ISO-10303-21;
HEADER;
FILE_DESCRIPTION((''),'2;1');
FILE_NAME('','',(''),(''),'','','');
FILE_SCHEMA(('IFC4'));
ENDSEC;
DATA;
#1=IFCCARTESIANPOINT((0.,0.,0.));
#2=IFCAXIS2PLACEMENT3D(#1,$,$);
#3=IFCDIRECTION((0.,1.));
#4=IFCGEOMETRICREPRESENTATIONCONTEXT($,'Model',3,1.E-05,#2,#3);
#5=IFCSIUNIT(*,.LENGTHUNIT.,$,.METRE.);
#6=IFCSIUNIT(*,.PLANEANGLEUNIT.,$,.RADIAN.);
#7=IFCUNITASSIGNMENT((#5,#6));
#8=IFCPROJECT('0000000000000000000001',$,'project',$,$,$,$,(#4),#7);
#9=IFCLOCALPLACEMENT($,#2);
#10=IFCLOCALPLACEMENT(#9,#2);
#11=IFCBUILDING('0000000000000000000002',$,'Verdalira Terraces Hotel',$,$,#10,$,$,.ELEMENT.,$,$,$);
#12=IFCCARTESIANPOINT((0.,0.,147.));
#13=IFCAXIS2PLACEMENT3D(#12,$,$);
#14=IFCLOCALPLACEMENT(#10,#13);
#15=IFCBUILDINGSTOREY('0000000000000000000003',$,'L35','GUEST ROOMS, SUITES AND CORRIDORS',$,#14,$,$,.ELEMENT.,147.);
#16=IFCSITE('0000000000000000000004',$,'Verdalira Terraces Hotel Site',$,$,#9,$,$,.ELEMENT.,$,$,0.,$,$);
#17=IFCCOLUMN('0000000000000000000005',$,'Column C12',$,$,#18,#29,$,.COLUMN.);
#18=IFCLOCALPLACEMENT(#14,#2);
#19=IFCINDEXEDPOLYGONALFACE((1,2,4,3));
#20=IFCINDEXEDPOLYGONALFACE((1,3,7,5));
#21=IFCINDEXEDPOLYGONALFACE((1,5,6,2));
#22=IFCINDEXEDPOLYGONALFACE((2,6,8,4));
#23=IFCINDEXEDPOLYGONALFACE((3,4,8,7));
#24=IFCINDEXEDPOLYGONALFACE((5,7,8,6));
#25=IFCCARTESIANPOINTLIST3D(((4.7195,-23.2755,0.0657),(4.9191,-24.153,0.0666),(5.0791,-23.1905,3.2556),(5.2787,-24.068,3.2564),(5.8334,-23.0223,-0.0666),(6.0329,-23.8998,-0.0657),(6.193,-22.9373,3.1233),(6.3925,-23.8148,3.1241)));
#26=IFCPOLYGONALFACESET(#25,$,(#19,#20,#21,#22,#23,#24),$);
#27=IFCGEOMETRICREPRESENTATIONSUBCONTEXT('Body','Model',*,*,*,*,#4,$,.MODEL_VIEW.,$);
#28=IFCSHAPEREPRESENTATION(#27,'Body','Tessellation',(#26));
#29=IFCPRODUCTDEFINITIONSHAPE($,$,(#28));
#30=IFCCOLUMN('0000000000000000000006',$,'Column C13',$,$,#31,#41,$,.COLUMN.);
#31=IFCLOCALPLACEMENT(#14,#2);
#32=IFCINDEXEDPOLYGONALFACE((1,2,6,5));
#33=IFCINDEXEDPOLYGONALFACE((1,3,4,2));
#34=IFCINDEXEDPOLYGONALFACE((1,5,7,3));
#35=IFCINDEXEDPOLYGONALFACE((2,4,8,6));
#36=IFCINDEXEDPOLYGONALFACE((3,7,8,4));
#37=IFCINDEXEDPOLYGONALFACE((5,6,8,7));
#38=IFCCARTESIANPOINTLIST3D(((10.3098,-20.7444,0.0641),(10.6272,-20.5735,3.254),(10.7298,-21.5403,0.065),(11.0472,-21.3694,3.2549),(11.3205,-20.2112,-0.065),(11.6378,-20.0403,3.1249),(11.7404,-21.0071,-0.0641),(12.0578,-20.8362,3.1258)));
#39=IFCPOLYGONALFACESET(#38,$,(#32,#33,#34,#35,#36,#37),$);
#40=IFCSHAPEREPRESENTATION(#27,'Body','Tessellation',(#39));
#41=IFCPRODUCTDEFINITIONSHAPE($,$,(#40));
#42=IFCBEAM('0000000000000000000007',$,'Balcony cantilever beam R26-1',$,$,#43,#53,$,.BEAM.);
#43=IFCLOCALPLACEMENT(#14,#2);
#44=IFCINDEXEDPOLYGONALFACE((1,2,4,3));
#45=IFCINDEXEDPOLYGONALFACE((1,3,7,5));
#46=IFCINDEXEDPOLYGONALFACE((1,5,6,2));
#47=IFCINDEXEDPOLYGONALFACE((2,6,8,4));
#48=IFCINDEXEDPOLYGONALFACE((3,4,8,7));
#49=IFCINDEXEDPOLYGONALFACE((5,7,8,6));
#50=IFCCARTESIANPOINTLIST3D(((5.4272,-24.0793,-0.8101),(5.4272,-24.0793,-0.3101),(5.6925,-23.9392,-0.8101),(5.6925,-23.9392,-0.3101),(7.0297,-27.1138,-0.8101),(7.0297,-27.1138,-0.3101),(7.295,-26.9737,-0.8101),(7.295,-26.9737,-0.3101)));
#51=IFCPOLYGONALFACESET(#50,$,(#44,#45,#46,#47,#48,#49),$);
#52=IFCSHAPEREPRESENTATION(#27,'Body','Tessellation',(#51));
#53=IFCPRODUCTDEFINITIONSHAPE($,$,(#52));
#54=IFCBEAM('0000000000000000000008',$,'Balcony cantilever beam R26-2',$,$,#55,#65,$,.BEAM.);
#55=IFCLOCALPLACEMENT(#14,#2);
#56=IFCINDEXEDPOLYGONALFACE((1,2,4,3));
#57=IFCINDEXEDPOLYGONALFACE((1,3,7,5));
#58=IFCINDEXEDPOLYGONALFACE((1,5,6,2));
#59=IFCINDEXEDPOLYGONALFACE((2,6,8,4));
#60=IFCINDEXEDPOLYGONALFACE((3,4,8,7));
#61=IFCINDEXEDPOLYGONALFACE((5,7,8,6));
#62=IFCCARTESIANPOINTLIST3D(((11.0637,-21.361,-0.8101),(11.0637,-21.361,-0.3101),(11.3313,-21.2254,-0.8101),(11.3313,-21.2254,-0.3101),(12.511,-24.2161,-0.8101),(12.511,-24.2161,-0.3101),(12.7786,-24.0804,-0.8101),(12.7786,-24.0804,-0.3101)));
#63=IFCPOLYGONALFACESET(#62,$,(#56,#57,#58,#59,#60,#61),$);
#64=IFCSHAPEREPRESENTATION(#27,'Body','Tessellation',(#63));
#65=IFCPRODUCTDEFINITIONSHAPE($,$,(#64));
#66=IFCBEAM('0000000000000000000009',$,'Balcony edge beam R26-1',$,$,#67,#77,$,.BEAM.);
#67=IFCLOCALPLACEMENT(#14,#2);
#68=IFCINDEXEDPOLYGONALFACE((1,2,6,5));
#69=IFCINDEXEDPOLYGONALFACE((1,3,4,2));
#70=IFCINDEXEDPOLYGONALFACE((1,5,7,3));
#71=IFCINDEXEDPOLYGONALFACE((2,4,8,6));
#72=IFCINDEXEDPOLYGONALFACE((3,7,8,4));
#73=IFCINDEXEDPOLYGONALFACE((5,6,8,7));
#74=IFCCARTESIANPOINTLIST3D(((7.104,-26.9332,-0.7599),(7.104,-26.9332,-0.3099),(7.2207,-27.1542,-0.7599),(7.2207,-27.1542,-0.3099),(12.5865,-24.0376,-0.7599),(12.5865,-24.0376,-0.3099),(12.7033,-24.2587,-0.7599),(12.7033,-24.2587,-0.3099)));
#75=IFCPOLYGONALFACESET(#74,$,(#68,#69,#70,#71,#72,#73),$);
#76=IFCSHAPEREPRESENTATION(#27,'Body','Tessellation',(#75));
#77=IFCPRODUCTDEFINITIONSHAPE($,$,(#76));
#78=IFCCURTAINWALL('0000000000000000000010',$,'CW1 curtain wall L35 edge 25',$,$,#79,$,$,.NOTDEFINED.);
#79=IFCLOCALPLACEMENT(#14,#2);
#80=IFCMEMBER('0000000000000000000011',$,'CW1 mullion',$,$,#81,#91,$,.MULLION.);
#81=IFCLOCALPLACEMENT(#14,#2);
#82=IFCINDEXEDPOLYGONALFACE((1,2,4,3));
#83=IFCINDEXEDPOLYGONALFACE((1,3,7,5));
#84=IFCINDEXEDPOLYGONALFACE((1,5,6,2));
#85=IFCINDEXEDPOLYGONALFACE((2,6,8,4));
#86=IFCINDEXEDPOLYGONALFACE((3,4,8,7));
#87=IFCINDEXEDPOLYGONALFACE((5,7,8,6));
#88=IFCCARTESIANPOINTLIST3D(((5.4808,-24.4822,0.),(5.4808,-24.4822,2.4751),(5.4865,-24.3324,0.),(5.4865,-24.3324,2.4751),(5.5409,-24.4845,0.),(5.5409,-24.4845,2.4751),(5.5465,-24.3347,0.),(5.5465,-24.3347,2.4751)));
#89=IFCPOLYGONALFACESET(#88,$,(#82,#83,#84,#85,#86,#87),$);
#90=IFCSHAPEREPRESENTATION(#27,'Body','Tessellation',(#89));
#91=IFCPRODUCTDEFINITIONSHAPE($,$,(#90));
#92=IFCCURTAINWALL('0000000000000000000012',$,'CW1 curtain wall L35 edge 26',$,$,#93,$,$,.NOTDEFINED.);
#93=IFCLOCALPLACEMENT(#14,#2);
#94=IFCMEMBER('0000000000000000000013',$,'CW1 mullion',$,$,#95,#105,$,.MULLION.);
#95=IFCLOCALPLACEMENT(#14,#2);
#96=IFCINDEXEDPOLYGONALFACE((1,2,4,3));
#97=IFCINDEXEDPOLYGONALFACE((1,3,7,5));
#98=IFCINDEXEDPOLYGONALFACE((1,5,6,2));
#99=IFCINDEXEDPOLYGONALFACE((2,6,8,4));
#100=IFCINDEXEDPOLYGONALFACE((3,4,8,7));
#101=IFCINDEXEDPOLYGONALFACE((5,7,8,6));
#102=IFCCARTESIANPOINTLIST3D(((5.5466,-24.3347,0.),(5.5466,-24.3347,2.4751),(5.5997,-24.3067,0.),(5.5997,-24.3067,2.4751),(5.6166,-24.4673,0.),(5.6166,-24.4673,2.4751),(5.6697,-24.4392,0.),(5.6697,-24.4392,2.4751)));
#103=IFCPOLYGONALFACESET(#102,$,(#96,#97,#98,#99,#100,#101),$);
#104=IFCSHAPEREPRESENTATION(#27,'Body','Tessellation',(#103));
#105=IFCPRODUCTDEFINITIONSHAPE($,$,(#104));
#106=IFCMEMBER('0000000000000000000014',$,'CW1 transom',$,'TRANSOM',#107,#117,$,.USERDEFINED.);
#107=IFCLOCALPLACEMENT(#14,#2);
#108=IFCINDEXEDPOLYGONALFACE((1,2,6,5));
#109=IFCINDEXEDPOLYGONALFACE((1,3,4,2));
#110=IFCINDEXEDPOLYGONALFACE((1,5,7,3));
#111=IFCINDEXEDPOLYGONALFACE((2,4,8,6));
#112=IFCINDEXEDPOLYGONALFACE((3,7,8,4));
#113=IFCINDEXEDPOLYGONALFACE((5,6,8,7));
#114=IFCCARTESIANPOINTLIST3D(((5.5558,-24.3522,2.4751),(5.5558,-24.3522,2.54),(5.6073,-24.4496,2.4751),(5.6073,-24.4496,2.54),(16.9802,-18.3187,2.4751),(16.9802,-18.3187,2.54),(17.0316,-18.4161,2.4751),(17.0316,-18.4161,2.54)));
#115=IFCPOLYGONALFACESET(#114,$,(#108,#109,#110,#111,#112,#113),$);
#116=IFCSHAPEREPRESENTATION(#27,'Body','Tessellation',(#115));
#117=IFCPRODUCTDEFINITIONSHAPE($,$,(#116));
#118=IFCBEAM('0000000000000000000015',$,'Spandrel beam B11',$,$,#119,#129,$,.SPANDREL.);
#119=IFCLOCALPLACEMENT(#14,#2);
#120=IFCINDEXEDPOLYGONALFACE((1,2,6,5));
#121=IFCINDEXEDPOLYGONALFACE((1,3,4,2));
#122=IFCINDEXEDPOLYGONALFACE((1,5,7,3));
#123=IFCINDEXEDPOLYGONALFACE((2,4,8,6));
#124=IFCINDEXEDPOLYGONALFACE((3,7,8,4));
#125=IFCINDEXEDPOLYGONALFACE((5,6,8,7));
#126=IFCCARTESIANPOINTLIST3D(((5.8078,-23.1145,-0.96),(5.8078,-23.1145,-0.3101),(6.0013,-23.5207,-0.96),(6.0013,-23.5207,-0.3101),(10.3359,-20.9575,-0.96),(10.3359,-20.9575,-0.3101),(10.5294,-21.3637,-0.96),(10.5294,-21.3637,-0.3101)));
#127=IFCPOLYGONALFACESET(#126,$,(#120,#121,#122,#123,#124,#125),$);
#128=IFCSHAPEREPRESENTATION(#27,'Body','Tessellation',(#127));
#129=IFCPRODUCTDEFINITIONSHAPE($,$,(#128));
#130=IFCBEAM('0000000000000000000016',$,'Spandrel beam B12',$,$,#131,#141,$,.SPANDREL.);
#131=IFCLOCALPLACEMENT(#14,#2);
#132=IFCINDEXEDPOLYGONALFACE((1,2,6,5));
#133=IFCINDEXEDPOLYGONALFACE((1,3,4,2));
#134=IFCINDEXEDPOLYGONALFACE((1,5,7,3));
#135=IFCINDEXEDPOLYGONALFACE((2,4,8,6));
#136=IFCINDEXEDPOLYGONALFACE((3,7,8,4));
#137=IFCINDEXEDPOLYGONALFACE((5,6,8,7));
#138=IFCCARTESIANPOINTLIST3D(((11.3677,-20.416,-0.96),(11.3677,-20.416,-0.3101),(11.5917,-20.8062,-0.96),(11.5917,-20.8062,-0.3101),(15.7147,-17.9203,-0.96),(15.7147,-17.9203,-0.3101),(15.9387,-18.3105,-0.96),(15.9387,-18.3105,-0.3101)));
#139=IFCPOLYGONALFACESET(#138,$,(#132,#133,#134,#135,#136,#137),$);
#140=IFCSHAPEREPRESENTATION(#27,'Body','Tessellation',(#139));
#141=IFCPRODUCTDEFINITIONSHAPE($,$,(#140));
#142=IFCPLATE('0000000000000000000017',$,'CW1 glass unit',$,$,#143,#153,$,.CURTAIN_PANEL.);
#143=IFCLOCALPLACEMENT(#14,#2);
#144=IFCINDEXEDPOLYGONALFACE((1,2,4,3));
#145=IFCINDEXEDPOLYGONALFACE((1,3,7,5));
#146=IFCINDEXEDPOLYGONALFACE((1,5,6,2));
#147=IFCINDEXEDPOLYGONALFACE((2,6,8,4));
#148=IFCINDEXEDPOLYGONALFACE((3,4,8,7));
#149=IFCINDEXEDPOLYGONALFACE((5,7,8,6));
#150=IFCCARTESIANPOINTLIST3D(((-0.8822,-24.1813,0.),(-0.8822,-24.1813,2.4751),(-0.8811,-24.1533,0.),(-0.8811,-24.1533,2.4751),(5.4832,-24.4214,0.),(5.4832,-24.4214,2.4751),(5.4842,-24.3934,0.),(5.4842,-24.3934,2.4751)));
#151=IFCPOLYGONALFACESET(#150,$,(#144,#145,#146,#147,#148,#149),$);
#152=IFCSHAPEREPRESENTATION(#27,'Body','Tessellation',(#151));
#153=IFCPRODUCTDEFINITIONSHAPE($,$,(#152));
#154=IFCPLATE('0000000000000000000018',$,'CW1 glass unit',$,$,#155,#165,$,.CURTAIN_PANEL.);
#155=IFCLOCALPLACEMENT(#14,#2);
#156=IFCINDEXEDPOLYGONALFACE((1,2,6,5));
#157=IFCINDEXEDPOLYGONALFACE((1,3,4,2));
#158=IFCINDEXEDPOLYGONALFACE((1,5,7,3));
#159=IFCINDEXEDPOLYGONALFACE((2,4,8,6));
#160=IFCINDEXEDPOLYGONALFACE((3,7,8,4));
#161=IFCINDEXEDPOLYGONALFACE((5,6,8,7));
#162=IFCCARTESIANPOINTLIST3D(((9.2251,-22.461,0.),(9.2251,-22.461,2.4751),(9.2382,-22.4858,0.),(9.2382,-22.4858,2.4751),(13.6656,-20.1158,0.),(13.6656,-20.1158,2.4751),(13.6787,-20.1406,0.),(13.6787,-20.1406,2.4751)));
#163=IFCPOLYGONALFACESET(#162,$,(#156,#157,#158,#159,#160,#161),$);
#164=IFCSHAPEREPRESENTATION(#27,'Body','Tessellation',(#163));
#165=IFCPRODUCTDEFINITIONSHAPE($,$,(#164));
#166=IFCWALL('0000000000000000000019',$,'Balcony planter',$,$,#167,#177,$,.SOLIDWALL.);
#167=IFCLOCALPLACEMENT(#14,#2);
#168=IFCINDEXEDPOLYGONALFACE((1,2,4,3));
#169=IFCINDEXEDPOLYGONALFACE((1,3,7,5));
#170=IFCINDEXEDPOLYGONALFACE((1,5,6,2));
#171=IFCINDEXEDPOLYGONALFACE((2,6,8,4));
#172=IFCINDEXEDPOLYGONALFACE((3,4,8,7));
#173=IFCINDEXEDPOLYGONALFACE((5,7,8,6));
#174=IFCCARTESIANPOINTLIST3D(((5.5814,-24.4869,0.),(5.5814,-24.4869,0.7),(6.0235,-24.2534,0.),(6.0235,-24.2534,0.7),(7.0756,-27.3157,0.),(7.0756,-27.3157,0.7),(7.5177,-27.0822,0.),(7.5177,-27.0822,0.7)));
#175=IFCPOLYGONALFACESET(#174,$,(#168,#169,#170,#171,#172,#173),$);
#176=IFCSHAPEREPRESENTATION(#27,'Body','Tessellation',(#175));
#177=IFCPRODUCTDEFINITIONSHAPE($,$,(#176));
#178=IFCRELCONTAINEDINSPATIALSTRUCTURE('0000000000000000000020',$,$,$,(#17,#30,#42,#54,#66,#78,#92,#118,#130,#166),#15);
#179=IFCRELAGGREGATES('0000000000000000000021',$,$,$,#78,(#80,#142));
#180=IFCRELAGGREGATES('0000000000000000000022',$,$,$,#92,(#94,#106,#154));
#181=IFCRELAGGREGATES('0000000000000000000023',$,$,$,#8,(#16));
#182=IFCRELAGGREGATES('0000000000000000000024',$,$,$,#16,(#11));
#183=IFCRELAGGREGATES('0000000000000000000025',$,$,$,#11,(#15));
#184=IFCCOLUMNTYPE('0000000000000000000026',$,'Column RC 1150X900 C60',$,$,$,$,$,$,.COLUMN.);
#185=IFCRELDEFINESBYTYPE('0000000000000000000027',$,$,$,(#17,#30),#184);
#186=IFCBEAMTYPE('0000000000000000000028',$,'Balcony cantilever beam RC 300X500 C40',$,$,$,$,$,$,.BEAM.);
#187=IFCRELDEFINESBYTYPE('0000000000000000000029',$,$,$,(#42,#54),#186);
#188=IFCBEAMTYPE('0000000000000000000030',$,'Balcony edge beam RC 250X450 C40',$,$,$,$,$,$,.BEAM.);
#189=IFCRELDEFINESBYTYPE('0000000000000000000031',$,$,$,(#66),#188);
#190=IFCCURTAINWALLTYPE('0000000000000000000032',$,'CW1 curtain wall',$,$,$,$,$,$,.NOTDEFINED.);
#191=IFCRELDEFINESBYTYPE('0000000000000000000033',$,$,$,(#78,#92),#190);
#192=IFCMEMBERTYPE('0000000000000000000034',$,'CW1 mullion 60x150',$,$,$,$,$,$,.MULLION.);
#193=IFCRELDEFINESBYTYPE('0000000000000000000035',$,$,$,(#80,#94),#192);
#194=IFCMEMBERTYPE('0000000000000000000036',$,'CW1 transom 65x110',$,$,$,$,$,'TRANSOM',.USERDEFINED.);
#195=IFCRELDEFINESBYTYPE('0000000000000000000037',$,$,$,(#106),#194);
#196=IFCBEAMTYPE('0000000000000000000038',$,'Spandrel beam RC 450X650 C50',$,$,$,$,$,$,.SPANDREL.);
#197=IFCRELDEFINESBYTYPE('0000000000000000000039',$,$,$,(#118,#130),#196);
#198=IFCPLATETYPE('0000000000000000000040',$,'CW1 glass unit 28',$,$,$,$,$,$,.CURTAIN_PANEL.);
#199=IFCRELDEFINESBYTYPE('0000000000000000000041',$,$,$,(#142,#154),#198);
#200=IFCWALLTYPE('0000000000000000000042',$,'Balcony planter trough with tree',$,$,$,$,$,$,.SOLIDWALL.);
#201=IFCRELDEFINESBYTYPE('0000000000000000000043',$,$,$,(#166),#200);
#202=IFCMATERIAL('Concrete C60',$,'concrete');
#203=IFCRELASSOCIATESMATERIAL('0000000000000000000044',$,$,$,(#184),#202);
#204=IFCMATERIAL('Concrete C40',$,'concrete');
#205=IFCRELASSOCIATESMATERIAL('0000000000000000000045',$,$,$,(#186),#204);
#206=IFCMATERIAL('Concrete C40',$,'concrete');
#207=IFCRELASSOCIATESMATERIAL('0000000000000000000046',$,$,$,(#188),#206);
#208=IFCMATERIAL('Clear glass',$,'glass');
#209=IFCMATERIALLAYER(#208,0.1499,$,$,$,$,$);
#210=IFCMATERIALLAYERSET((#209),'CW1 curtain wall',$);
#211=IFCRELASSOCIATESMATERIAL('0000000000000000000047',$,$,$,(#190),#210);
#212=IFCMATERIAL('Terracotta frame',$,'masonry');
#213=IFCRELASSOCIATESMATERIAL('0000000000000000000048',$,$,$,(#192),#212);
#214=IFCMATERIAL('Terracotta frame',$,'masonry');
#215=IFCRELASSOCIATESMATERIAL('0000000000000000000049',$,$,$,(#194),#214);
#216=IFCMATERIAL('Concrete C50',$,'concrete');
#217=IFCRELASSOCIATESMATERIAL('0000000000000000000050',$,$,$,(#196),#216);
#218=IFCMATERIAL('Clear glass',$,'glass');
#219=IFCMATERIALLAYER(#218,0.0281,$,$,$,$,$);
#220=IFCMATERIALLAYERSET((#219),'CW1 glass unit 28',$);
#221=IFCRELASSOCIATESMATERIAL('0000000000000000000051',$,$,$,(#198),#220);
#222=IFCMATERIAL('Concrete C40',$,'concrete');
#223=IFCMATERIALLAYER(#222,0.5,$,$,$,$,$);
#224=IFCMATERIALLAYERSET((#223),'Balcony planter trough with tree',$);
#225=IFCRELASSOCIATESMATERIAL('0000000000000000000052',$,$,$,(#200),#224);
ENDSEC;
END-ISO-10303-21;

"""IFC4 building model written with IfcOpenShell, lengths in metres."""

from ifc_helpers import new_model, si_unit, direction, frame, frame_2d, origin, origin_2d, place, context, subcontext, project, spatial, rectangle, extrude, material, layer, layer_set, material_profile, profile_set, type_object, element, aggregate, save


model = new_model("IFC4")

# Units and contexts
model_context = context("Model", 3, precision=1e-05, world=origin(), true_north=direction((0.0, 1.0)))
body_context = subcontext(model_context, "Body", "Model", "MODEL_VIEW")
ifc_project = project(units=[si_unit("LENGTHUNIT", "METRE"), si_unit("PLANEANGLEUNIT", "RADIAN")], contexts=[model_context])

# Site, building, storey
site_placement = place(None, origin())
site = spatial("IfcSite", under=ifc_project, at=site_placement, Name="Verdalira Terraces Hotel Site", CompositionType="ELEMENT", RefElevation=0.0)
building_placement = place(site_placement, origin())
building = spatial("IfcBuilding", under=site, at=building_placement, Name="Verdalira Terraces Hotel", CompositionType="ELEMENT")
storey_placement = place(building_placement, frame((0.0, 0.0, 147.0)))
storey = spatial("IfcBuildingStorey", under=building, at=storey_placement, Name="L35", Description="GUEST ROOMS, SUITES AND CORRIDORS", CompositionType="ELEMENT", Elevation=147.0)

# Columns
ifc_material_1 = material(Name="Concrete C60", Category="concrete")
ifc_material_profile_1 = material_profile(ifc_material_1, rectangle(XDim=1.1499, YDim=0.8999, at=origin_2d()), Name="RC 1150X900")
ifc_profile_set_1 = profile_set([ifc_material_profile_1], Name="Concrete C60")
column_type = type_object("IfcColumnType", Name="Column RC 1150X900 C60", PredefinedType="COLUMN", material=ifc_profile_set_1)
column_1_placement = place(storey_placement, frame((5.3762, -23.5876, 0.0), z_axis=(0.111986, 0.026457, 0.993357), x_axis=(-0.968649, -0.22018, 0.115065)))
element("IfcColumn", 1, at=column_1_placement, inside=storey, type_object=column_type, Name="Column C12", PredefinedType="COLUMN", context=body_context, shape_type="SweptSolid", body=[
    extrude(rectangle(XDim=1.1499, YDim=0.8999, at=origin_2d()), origin(), (0.0, 0.0, 1.0), 3.2112),
])
column_2_placement = place(storey_placement, frame((11.0251, -20.8757, 0.0), z_axis=(0.098866, 0.053235, 0.993676), x_axis=(0.878869, 0.463661, -0.112283)))
element("IfcColumn", 2, at=column_2_placement, inside=storey, type_object=column_type, Name="Column C13", PredefinedType="COLUMN", context=body_context, shape_type="SweptSolid", body=[
    extrude(rectangle(XDim=1.1499, YDim=0.8999, at=origin_2d()), origin(), (0.0, 0.0, 1.0), 3.2102),
])

# Beams
ifc_material_2 = material(Name="Concrete C40", Category="concrete")
ifc_material_profile_2 = material_profile(ifc_material_2, rectangle(XDim=0.3, YDim=0.5, at=origin_2d()), Name="RC 300X500")
ifc_profile_set_2 = profile_set([ifc_material_profile_2], Name="Concrete C40")
beam_type_1 = type_object("IfcBeamType", Name="Balcony cantilever beam RC 300X500 C40", PredefinedType="BEAM", material=ifc_profile_set_2)
beam_1_placement = place(storey_placement, frame((5.5598, -24.0093, -0.5601), z_axis=(0.466995, -0.88426, 0.0), x_axis=(0.88426, 0.466995, 0.0)))
element("IfcBeam", 3, at=beam_1_placement, inside=storey, type_object=beam_type_1, Name="Balcony cantilever beam R26-1", PredefinedType="BEAM", context=body_context, shape_type="SweptSolid", body=[
    extrude(rectangle(XDim=0.3, YDim=0.5, at=origin_2d()), origin(), (0.0, 0.0, 1.0), 3.4316),
])
beam_2_placement = place(storey_placement, frame((11.1975, -21.2932, -0.5601), z_axis=(0.452149, -0.891942, 0.0), x_axis=(0.891942, 0.452149, 0.0)))
element("IfcBeam", 4, at=beam_2_placement, inside=storey, type_object=beam_type_1, Name="Balcony cantilever beam R26-2", PredefinedType="BEAM", context=body_context, shape_type="SweptSolid", body=[
    extrude(rectangle(XDim=0.3, YDim=0.5, at=origin_2d()), origin(), (0.0, 0.0, 1.0), 3.2009),
])
ifc_material_3 = material(Name="Concrete C40", Category="concrete")
ifc_material_profile_3 = material_profile(ifc_material_3, rectangle(XDim=0.25, YDim=0.45, at=origin_2d()), Name="RC 250X450")
ifc_profile_set_3 = profile_set([ifc_material_profile_3], Name="Concrete C40")
beam_type_2 = type_object("IfcBeamType", Name="Balcony edge beam RC 250X450 C40", PredefinedType="BEAM", material=ifc_profile_set_3)
beam_3_placement = place(storey_placement, frame((7.1624, -27.0437, -0.5349), z_axis=(0.884251, 0.467012, 0.0), x_axis=(-0.467012, 0.884251, 0.0)))
element("IfcBeam", 5, at=beam_3_placement, inside=storey, type_object=beam_type_2, Name="Balcony edge beam R26-1", PredefinedType="BEAM", context=body_context, shape_type="SweptSolid", body=[
    extrude(rectangle(XDim=0.25, YDim=0.45, at=origin_2d()), origin(), (0.0, 0.0, 1.0), 6.2002),
])

# Curtain wall, member
ifc_material_4 = material(Name="Clear glass", Category="glass")
ifc_layer_1 = layer(ifc_material_4, 0.1499)
ifc_layer_set_1 = layer_set([ifc_layer_1], Name="CW1 curtain wall")
curtain_wall_type = type_object("IfcCurtainWallType", Name="CW1 curtain wall", PredefinedType="NOTDEFINED", material=ifc_layer_set_1)
curtain_wall_1_placement = place(storey_placement, origin())
curtain_wall_1 = element("IfcCurtainWall", 6, at=curtain_wall_1_placement, inside=storey, type_object=curtain_wall_type, Name="CW1 curtain wall L35 edge 25", PredefinedType="NOTDEFINED")
ifc_material_5 = material(Name="Terracotta frame", Category="masonry")
ifc_material_profile_4 = material_profile(ifc_material_5, rectangle(XDim=0.0601, YDim=0.1499, at=origin_2d()), Name="MU 60x150")
ifc_profile_set_4 = profile_set([ifc_material_profile_4], Name="Terracotta frame")
member_type_1 = type_object("IfcMemberType", Name="CW1 mullion 60x150", PredefinedType="MULLION", material=ifc_profile_set_4)
member_1_placement = place(storey_placement, frame((5.5137, -24.4084, 0.0), z_axis=(0.0, 0.0, 1.0), x_axis=(0.999289, -0.03769, 0.0)))
member_1 = element("IfcMember", 7, at=member_1_placement, type_object=member_type_1, Name="CW1 mullion", PredefinedType="MULLION", context=body_context, shape_type="SweptSolid", body=[
    extrude(rectangle(XDim=0.0601, YDim=0.1499, at=origin_2d()), origin(), (0.0, 0.0, 1.0), 2.4751),
])

# Curtain wall, members
curtain_wall_2_placement = place(storey_placement, origin())
curtain_wall_2 = element("IfcCurtainWall", 8, at=curtain_wall_2_placement, inside=storey, type_object=curtain_wall_type, Name="CW1 curtain wall L35 edge 26", PredefinedType="NOTDEFINED")
member_2_placement = place(storey_placement, frame((5.6082, -24.387, 0.0), z_axis=(0.0, 0.0, 1.0), x_axis=(0.884255, 0.467004, 0.0)))
member_2 = element("IfcMember", 9, at=member_2_placement, type_object=member_type_1, Name="CW1 mullion", PredefinedType="MULLION", context=body_context, shape_type="SweptSolid", body=[
    extrude(rectangle(XDim=0.0601, YDim=0.1499, at=origin_2d()), origin(), (0.0, 0.0, 1.0), 2.4751),
])
ifc_material_6 = material(Name="Terracotta frame", Category="masonry")
ifc_material_profile_5 = material_profile(ifc_material_6, rectangle(XDim=0.1101, YDim=0.0649, at=origin_2d()), Name="TR 65x110")
ifc_profile_set_5 = profile_set([ifc_material_profile_5], Name="Terracotta frame")
member_type_2 = type_object("IfcMemberType", Name="CW1 transom 65x110", ElementType="TRANSOM", PredefinedType="USERDEFINED", material=ifc_profile_set_5)
member_3_placement = place(storey_placement, frame((5.5815, -24.4009, 2.5076), z_axis=(0.884259, 0.466998, 0.0), x_axis=(-0.466998, 0.884259, 0.0)))
member_3 = element("IfcMember", 10, at=member_3_placement, type_object=member_type_2, Name="CW1 transom", ObjectType="TRANSOM", PredefinedType="USERDEFINED", context=body_context, shape_type="SweptSolid", body=[
    extrude(rectangle(XDim=0.1101, YDim=0.0649, at=origin_2d()), origin(), (0.0, 0.0, 1.0), 12.9197),
])

# Beams
ifc_material_7 = material(Name="Concrete C50", Category="concrete")
ifc_material_profile_6 = material_profile(ifc_material_7, rectangle(XDim=0.45, YDim=0.6499, at=origin_2d()), Name="RC 450X650")
ifc_profile_set_6 = profile_set([ifc_material_profile_6], Name="Concrete C50")
beam_type_3 = type_object("IfcBeamType", Name="Spandrel beam RC 450X650 C50", PredefinedType="SPANDREL", material=ifc_profile_set_6)
beam_4_placement = place(storey_placement, frame((5.9045, -23.3176, -0.635), z_axis=(0.902802, 0.430056, 0.0), x_axis=(-0.430056, 0.902802, 0.0)))
element("IfcBeam", 11, at=beam_4_placement, inside=storey, type_object=beam_type_3, Name="Spandrel beam B11", PredefinedType="SPANDREL", context=body_context, shape_type="SweptSolid", body=[
    extrude(rectangle(XDim=0.45, YDim=0.6499, at=origin_2d()), origin(), (0.0, 0.0, 1.0), 5.0156),
])
beam_5_placement = place(storey_placement, frame((11.4797, -20.6111, -0.635), z_axis=(0.86724, 0.49789, 0.0), x_axis=(-0.49789, 0.86724, 0.0)))
element("IfcBeam", 12, at=beam_5_placement, inside=storey, type_object=beam_type_3, Name="Spandrel beam B12", PredefinedType="SPANDREL", context=body_context, shape_type="SweptSolid", body=[
    extrude(rectangle(XDim=0.45, YDim=0.6499, at=origin_2d()), origin(), (0.0, 0.0, 1.0), 5.0125),
])

# Plates
ifc_material_8 = material(Name="Clear glass", Category="glass")
ifc_layer_2 = layer(ifc_material_8, 0.0281)
ifc_layer_set_2 = layer_set([ifc_layer_2], Name="CW1 glass unit 28")
plate_type = type_object("IfcPlateType", Name="CW1 glass unit 28", PredefinedType="CURTAIN_PANEL", material=ifc_layer_set_2)
plate_1_placement = place(storey_placement, frame((2.301, -24.2874, 0.0), z_axis=(0.0, 0.0, 1.0), x_axis=(0.999289, -0.03769, 0.0)))
plate_1 = element("IfcPlate", 13, at=plate_1_placement, type_object=plate_type, Name="CW1 glass unit", PredefinedType="CURTAIN_PANEL", context=body_context, shape_type="SweptSolid", body=[
    extrude(rectangle(XDim=6.3699, YDim=0.0281, at=origin_2d()), origin(), (0.0, 0.0, 1.0), 2.4751),
])
aggregate(curtain_wall_1, [member_1, plate_1])
plate_2_placement = place(storey_placement, frame((11.4519, -21.3008, 0.0), z_axis=(0.0, 0.0, 1.0), x_axis=(0.884255, 0.467004, 0.0)))
plate_2 = element("IfcPlate", 14, at=plate_2_placement, type_object=plate_type, Name="CW1 glass unit", PredefinedType="CURTAIN_PANEL", context=body_context, shape_type="SweptSolid", body=[
    extrude(rectangle(XDim=5.0217, YDim=0.0281, at=origin_2d()), origin(), (0.0, 0.0, 1.0), 2.4751),
])
aggregate(curtain_wall_2, [member_2, member_3, plate_2])

# Wall
ifc_material_9 = material(Name="Concrete C40", Category="concrete")
ifc_layer_3 = layer(ifc_material_9, 0.5)
ifc_layer_set_3 = layer_set([ifc_layer_3], Name="Balcony planter trough with tree")
wall_type_1 = type_object("IfcWallType", Name="Balcony planter trough with tree", PredefinedType="SOLIDWALL", material=ifc_layer_set_3)
wall_1_placement = place(storey_placement, frame((5.8025, -24.3701, 0.0), z_axis=(0.0, 0.0, 1.0), x_axis=(0.467035, -0.884239, 0.0)))
element("IfcWall", 15, at=wall_1_placement, inside=storey, type_object=wall_type_1, Name="Balcony planter", PredefinedType="SOLIDWALL", context=body_context, shape_type="SweptSolid", body=[
    extrude(rectangle(XDim=3.1992, YDim=0.5, at=frame_2d((1.5996, 0.0))), origin(), (0.0, 0.0, 1.0), 0.7),
])

save(model, "model.ifc")
